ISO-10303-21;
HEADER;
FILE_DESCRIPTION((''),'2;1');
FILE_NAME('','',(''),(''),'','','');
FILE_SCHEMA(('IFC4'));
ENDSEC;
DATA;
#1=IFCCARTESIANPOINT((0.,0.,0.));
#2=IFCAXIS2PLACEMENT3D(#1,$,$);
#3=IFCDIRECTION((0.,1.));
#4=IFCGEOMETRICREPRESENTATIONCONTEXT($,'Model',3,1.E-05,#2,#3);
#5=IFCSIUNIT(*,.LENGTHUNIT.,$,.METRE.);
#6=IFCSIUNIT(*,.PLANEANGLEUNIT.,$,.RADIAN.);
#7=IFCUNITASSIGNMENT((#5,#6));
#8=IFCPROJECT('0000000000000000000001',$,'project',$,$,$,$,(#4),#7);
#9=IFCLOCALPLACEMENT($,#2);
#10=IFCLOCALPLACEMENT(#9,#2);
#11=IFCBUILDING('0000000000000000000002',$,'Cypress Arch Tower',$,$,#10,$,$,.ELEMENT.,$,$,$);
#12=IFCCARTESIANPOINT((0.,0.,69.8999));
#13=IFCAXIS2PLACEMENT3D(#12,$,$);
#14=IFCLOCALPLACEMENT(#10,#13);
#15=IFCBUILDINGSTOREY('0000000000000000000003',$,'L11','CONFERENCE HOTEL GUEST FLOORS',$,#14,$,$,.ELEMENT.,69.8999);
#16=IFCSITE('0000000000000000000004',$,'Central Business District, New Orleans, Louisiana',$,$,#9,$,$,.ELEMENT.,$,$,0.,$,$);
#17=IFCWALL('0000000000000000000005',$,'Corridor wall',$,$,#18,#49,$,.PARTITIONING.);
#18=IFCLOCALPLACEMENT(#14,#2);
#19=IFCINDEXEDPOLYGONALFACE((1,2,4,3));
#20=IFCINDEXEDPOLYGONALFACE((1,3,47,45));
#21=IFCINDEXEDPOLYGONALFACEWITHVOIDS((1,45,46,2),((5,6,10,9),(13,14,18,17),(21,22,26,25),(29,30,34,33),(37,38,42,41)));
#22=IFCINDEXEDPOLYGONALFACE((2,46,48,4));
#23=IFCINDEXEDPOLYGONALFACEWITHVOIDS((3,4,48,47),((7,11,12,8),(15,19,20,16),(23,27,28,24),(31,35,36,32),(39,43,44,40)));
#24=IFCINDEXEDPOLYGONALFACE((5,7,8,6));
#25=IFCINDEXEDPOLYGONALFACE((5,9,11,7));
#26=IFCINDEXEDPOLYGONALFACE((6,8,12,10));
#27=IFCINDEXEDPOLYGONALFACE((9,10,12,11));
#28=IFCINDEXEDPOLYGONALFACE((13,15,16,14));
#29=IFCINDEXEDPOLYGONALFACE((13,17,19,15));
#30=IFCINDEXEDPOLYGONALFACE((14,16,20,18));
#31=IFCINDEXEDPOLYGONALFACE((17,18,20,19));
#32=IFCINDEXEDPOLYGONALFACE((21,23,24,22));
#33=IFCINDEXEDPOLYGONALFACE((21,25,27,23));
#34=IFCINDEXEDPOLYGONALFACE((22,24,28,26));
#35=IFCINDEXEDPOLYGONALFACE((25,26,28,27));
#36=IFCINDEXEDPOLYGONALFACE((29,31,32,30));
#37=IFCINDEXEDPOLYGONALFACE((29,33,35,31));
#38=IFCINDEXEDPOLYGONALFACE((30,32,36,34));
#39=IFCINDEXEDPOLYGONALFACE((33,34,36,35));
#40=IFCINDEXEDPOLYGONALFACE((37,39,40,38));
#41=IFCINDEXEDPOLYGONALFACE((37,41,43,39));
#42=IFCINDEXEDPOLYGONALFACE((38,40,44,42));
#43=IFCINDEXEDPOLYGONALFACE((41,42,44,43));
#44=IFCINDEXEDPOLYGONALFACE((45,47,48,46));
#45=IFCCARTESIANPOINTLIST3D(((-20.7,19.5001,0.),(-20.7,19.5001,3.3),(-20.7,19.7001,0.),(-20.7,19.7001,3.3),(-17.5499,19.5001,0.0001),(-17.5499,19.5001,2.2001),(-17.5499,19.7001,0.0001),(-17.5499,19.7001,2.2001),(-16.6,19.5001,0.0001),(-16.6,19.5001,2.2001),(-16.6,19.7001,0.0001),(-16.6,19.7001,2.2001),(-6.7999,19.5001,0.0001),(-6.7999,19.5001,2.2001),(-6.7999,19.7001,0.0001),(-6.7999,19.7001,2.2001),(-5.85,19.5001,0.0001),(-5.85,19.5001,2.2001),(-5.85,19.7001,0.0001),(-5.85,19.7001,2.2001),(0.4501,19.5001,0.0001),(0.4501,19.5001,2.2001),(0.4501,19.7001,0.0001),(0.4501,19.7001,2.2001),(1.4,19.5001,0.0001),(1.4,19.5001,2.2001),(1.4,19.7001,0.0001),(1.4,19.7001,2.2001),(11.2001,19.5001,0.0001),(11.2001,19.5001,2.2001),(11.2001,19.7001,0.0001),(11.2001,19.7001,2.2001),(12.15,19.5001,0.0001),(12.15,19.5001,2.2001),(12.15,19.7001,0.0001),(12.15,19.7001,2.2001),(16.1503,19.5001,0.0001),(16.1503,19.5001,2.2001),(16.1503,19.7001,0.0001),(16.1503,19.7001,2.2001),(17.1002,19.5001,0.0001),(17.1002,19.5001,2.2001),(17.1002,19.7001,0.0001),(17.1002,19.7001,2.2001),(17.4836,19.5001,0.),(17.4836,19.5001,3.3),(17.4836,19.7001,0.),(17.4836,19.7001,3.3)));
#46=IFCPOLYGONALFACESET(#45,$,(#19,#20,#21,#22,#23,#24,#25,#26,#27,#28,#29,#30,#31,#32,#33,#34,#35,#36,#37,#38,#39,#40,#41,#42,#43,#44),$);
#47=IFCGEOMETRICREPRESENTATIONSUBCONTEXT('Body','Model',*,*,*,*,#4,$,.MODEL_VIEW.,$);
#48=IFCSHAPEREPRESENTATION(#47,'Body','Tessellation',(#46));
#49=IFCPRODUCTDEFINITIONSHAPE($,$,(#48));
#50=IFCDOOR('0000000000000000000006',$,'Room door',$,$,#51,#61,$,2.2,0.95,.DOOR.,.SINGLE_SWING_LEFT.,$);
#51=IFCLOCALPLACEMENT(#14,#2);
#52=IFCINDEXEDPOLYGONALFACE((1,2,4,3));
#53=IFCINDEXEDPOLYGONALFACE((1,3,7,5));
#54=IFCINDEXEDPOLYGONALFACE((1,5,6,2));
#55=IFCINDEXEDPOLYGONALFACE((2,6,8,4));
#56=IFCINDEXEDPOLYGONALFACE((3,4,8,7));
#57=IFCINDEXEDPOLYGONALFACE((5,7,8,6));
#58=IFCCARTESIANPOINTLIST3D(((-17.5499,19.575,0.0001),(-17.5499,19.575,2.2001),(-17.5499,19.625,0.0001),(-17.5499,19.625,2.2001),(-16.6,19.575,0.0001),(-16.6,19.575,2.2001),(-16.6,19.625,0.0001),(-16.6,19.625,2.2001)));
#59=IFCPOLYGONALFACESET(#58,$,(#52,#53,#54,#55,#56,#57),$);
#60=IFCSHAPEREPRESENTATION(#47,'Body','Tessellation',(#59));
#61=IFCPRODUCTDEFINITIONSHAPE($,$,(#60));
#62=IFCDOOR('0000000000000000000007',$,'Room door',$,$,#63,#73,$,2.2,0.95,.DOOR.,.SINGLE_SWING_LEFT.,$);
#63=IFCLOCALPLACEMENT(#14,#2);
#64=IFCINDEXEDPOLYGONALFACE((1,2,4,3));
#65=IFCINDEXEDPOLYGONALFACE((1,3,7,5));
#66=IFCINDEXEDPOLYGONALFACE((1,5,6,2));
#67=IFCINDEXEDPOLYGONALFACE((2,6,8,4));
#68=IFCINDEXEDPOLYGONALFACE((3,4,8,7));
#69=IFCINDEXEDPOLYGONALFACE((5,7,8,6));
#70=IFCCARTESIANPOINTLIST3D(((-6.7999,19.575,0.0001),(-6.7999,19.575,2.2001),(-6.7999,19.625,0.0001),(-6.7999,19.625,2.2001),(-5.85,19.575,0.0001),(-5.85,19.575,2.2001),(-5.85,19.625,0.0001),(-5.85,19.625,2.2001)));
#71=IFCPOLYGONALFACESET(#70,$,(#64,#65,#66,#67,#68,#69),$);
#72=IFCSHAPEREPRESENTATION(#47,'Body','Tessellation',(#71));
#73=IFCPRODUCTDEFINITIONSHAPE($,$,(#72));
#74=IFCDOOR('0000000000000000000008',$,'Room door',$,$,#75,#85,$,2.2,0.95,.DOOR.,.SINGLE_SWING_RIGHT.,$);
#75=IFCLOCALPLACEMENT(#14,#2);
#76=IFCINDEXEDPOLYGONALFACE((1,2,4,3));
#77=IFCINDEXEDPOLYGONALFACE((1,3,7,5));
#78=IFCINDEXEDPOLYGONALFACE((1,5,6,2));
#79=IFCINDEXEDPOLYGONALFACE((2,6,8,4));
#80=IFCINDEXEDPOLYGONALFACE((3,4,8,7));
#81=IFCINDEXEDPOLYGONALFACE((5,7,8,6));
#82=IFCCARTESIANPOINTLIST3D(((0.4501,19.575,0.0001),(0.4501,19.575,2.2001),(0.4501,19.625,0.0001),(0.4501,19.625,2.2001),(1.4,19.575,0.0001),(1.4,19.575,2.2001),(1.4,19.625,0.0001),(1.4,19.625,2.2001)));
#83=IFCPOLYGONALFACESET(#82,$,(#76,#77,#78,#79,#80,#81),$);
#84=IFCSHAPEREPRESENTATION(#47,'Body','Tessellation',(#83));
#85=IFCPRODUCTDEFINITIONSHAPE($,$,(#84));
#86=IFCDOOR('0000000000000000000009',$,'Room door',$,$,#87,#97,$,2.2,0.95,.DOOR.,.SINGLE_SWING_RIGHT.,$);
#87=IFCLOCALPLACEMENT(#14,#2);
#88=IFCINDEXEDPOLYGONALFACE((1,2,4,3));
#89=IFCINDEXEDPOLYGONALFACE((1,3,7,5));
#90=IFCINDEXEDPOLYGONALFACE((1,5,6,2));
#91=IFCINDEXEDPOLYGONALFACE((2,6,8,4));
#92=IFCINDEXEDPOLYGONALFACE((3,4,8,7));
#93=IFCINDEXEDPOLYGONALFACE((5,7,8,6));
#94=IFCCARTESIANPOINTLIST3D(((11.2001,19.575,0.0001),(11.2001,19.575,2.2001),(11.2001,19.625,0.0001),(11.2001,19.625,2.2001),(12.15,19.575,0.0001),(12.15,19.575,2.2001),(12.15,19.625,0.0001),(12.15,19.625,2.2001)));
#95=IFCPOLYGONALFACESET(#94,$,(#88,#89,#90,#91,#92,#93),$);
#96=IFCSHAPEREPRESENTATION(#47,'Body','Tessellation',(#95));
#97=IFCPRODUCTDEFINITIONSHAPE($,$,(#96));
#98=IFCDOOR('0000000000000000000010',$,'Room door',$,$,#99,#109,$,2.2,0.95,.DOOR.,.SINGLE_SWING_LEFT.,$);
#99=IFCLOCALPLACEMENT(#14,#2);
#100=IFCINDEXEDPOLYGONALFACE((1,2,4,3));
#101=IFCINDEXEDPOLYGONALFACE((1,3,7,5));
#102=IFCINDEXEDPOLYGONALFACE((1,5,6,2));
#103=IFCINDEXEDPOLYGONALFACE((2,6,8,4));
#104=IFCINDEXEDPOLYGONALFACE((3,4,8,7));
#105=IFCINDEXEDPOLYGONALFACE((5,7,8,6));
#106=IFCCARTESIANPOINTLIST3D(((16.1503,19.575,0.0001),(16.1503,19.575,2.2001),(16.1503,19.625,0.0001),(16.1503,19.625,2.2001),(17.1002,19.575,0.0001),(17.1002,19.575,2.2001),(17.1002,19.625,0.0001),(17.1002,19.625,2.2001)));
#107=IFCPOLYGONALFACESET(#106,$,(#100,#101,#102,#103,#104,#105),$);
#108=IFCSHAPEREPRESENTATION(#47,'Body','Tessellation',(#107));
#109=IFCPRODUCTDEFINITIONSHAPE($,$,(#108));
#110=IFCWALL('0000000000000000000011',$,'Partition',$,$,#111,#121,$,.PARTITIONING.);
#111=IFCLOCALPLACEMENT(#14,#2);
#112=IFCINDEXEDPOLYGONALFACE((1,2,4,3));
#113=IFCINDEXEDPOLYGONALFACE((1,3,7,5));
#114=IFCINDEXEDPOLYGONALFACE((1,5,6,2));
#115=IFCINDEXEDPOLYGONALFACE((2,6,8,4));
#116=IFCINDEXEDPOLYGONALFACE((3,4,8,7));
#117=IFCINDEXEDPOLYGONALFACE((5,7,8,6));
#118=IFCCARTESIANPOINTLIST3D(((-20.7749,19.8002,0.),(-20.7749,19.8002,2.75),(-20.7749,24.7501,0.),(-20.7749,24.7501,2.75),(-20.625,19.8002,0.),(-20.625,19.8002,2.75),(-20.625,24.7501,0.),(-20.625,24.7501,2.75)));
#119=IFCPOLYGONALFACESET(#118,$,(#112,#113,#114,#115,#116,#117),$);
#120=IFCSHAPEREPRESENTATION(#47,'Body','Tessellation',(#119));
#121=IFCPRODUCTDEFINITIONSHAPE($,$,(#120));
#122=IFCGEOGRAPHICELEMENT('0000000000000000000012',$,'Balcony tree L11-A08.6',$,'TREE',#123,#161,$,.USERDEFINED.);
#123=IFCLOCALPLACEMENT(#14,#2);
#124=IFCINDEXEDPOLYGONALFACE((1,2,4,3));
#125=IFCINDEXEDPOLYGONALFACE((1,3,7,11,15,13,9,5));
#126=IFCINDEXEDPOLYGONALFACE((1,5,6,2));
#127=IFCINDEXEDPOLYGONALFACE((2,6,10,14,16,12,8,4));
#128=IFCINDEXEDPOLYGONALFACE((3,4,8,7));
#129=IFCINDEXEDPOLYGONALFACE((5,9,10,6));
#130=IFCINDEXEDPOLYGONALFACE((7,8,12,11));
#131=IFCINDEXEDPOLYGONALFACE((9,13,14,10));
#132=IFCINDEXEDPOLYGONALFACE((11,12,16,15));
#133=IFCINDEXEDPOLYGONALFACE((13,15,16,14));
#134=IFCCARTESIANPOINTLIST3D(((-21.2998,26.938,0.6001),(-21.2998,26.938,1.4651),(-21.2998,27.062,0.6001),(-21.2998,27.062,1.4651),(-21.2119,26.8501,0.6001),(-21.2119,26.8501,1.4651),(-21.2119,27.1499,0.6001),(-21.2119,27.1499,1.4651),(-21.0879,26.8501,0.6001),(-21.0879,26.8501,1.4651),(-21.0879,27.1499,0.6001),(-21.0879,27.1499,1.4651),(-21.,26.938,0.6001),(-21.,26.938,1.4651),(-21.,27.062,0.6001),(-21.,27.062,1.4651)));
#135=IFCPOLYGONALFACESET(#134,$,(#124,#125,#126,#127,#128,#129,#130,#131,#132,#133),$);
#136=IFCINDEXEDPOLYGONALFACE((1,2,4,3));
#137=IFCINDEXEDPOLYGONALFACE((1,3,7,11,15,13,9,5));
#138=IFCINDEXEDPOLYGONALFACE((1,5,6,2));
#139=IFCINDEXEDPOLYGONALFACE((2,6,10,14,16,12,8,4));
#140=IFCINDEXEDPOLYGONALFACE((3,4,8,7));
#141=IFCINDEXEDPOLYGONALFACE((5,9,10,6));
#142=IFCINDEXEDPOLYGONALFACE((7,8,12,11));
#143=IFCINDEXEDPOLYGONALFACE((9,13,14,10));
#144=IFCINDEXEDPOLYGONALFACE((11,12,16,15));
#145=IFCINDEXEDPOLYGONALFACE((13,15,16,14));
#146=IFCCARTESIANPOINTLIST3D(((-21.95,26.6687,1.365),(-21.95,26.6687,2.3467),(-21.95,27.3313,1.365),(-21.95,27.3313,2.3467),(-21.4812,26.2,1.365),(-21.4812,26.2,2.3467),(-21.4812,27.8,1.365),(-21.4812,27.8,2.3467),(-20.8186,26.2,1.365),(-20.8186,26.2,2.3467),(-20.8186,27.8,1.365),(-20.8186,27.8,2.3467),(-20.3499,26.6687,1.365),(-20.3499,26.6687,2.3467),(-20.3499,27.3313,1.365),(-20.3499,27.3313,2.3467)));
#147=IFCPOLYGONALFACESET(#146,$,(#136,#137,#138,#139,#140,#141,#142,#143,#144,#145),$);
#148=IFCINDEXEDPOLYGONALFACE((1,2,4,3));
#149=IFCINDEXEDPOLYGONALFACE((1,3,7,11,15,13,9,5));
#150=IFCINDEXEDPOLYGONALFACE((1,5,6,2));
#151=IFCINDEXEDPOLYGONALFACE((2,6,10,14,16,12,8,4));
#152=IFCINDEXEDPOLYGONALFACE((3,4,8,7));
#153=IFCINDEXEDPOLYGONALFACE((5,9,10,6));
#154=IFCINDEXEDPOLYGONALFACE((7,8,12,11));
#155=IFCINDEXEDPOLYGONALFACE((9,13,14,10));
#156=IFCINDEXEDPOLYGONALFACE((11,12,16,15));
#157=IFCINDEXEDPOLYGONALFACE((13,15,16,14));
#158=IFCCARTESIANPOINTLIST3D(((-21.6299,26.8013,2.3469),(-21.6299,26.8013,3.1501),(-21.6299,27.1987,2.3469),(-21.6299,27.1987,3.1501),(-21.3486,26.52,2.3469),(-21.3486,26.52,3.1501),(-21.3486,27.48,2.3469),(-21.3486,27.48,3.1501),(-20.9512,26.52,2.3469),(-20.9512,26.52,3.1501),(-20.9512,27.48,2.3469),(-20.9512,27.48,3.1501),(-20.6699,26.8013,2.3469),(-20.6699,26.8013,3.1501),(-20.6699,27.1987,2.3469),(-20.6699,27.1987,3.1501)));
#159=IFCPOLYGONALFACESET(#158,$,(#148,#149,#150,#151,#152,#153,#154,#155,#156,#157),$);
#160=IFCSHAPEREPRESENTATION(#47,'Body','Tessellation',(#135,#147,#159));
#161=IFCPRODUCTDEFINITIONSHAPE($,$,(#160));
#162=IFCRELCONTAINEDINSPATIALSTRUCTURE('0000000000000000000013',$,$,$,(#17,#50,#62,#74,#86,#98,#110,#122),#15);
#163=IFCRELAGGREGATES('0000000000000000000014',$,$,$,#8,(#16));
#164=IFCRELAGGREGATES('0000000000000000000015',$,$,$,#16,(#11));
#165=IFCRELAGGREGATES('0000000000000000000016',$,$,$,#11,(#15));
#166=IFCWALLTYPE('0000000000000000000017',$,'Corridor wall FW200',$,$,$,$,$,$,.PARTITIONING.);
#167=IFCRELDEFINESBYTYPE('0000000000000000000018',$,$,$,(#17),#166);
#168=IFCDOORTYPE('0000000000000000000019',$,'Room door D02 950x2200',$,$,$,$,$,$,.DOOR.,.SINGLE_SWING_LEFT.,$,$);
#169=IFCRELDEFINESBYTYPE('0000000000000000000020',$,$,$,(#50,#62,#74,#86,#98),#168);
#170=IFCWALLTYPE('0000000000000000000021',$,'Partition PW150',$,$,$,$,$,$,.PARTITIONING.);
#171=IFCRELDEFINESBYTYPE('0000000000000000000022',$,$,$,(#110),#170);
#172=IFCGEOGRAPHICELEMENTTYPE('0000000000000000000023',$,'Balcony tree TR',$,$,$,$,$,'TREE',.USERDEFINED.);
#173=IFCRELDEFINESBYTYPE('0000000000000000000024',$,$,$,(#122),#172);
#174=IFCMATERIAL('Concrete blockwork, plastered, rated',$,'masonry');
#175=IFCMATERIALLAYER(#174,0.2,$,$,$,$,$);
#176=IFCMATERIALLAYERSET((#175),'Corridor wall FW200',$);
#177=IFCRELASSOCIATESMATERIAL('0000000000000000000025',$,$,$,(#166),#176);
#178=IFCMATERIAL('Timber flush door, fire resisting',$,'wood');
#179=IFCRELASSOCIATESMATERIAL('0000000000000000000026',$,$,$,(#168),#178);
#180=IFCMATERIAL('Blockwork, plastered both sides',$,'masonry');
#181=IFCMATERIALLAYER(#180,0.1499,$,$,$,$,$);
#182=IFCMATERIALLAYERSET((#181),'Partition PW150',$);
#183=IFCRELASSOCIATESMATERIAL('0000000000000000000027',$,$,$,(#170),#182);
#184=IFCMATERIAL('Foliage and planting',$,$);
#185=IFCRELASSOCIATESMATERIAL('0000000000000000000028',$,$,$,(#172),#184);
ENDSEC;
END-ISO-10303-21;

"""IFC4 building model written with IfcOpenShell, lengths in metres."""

from ifc_helpers import new_model, si_unit, direction, frame, frame_2d, origin, place, context, subcontext, project, spatial, polyline, rectangle, outline, extrude, material, layer, layer_set, type_object, element, fill, save


model = new_model("IFC4")

# Units and contexts
model_context = context("Model", 3, precision=1e-05, world=origin(), true_north=direction((0.0, 1.0)))
body_context = subcontext(model_context, "Body", "Model", "MODEL_VIEW")
ifc_project = project(units=[si_unit("LENGTHUNIT", "METRE"), si_unit("PLANEANGLEUNIT", "RADIAN")], contexts=[model_context])

# Site, building, storey
site_placement = place(None, origin())
site = spatial("IfcSite", under=ifc_project, at=site_placement, Name="Central Business District, New Orleans, Louisiana", CompositionType="ELEMENT", RefElevation=0.0)
building_placement = place(site_placement, origin())
building = spatial("IfcBuilding", under=site, at=building_placement, Name="Cypress Arch Tower", CompositionType="ELEMENT")
storey_placement = place(building_placement, frame((0.0, 0.0, 69.8999)))
storey = spatial("IfcBuildingStorey", under=building, at=storey_placement, Name="L11", Description="CONFERENCE HOTEL GUEST FLOORS", CompositionType="ELEMENT", Elevation=69.8999)

# Shared definitions
ifc_material_1 = material(Name="Concrete blockwork, plastered, rated", Category="masonry")
ifc_layer_1 = layer(ifc_material_1, 0.2)
ifc_layer_set_1 = layer_set([ifc_layer_1], Name="Corridor wall FW200")
wall_type_1 = type_object("IfcWallType", Name="Corridor wall FW200", PredefinedType="PARTITIONING", material=ifc_layer_set_1)

# Wall, openings, doors
wall_1_placement = place(storey_placement, frame((-20.7, 19.6001, 0.0), z_axis=(0.0, 0.0, 1.0), x_axis=(1.0, 0.0, 0.0)))
wall_1 = element("IfcWall", 1, at=wall_1_placement, inside=storey, type_object=wall_type_1, Name="Corridor wall", PredefinedType="PARTITIONING", context=body_context, shape_type="SweptSolid", body=[
    extrude(rectangle(XDim=38.1836, YDim=0.2, at=frame_2d((19.0918, 0.0))), origin(), (0.0, 0.0, 1.0), 3.3),
])
opening_1_placement = place(wall_1_placement, frame((3.1499, 0.0, 0.0)))
opening_1 = element("IfcOpeningElement", 2, at=opening_1_placement, cuts=wall_1, PredefinedType="OPENING", context=body_context, shape_type="SweptSolid", body=[
    extrude(rectangle(XDim=0.95, YDim=2.2, at=frame_2d((0.4751, 1.1001))), frame((0.0, 0.1099, 0.0), z_axis=(0.0, -1.0, 0.0), x_axis=(1.0, 0.0, 0.0)), (0.0, 0.0, 1.0), 0.22),
])
opening_2_placement = place(wall_1_placement, frame((13.8999, 0.0, 0.0)))
opening_2 = element("IfcOpeningElement", 3, at=opening_2_placement, cuts=wall_1, PredefinedType="OPENING", context=body_context, shape_type="SweptSolid", body=[
    extrude(rectangle(XDim=0.95, YDim=2.2, at=frame_2d((0.4751, 1.1001))), frame((0.0, 0.1099, 0.0), z_axis=(0.0, -1.0, 0.0), x_axis=(1.0, 0.0, 0.0)), (0.0, 0.0, 1.0), 0.22),
])
opening_3_placement = place(wall_1_placement, frame((21.1499, 0.0, 0.0)))
opening_3 = element("IfcOpeningElement", 4, at=opening_3_placement, cuts=wall_1, PredefinedType="OPENING", context=body_context, shape_type="SweptSolid", body=[
    extrude(rectangle(XDim=0.95, YDim=2.2, at=frame_2d((0.4751, 1.1001))), frame((0.0, 0.1099, 0.0), z_axis=(0.0, -1.0, 0.0), x_axis=(1.0, 0.0, 0.0)), (0.0, 0.0, 1.0), 0.22),
])
opening_4_placement = place(wall_1_placement, frame((31.8999, 0.0, 0.0)))
opening_4 = element("IfcOpeningElement", 5, at=opening_4_placement, cuts=wall_1, PredefinedType="OPENING", context=body_context, shape_type="SweptSolid", body=[
    extrude(rectangle(XDim=0.95, YDim=2.2, at=frame_2d((0.4751, 1.1001))), frame((0.0, 0.1099, 0.0), z_axis=(0.0, -1.0, 0.0), x_axis=(1.0, 0.0, 0.0)), (0.0, 0.0, 1.0), 0.22),
])
opening_5_placement = place(wall_1_placement, frame((36.8501, 0.0, 0.0)))
opening_5 = element("IfcOpeningElement", 6, at=opening_5_placement, cuts=wall_1, PredefinedType="OPENING", context=body_context, shape_type="SweptSolid", body=[
    extrude(rectangle(XDim=0.95, YDim=2.2, at=frame_2d((0.4751, 1.1001))), frame((0.0, 0.1099, 0.0), z_axis=(0.0, -1.0, 0.0), x_axis=(1.0, 0.0, 0.0)), (0.0, 0.0, 1.0), 0.22),
])
ifc_material_2 = material(Name="Timber flush door, fire resisting", Category="wood")
door_type_1 = type_object("IfcDoorType", Name="Room door D02 950x2200", OperationType="SINGLE_SWING_LEFT", PredefinedType="DOOR", material=ifc_material_2)
door_1_placement = place(opening_1_placement, origin())
door_1 = element("IfcDoor", 7, at=door_1_placement, inside=storey, type_object=door_type_1, Name="Room door", OperationType="SINGLE_SWING_LEFT", OverallHeight=2.2, OverallWidth=0.95, PredefinedType="DOOR", context=body_context, shape_type="SweptSolid", body=[
    extrude(rectangle(XDim=0.95, YDim=2.2, at=frame_2d((0.4751, 1.1001))), frame((0.0, 0.0249, 0.0), z_axis=(0.0, -1.0, 0.0), x_axis=(1.0, 0.0, 0.0)), (0.0, 0.0, 1.0), 0.05),
])
fill(opening_1, door_1)
door_2_placement = place(opening_2_placement, origin())
door_2 = element("IfcDoor", 8, at=door_2_placement, inside=storey, type_object=door_type_1, Name="Room door", OperationType="SINGLE_SWING_LEFT", OverallHeight=2.2, OverallWidth=0.95, PredefinedType="DOOR", context=body_context, shape_type="SweptSolid", body=[
    extrude(rectangle(XDim=0.95, YDim=2.2, at=frame_2d((0.4751, 1.1001))), frame((0.0, 0.0249, 0.0), z_axis=(0.0, -1.0, 0.0), x_axis=(1.0, 0.0, 0.0)), (0.0, 0.0, 1.0), 0.05),
])
fill(opening_2, door_2)
door_3_placement = place(opening_3_placement, origin())
door_3 = element("IfcDoor", 9, at=door_3_placement, inside=storey, type_object=door_type_1, Name="Room door", OperationType="SINGLE_SWING_RIGHT", OverallHeight=2.2, OverallWidth=0.95, PredefinedType="DOOR", context=body_context, shape_type="SweptSolid", body=[
    extrude(rectangle(XDim=0.95, YDim=2.2, at=frame_2d((0.4751, 1.1001))), frame((0.0, 0.0249, 0.0), z_axis=(0.0, -1.0, 0.0), x_axis=(1.0, 0.0, 0.0)), (0.0, 0.0, 1.0), 0.05),
])
fill(opening_3, door_3)
door_4_placement = place(opening_4_placement, origin())
door_4 = element("IfcDoor", 10, at=door_4_placement, inside=storey, type_object=door_type_1, Name="Room door", OperationType="SINGLE_SWING_RIGHT", OverallHeight=2.2, OverallWidth=0.95, PredefinedType="DOOR", context=body_context, shape_type="SweptSolid", body=[
    extrude(rectangle(XDim=0.95, YDim=2.2, at=frame_2d((0.4751, 1.1001))), frame((0.0, 0.0249, 0.0), z_axis=(0.0, -1.0, 0.0), x_axis=(1.0, 0.0, 0.0)), (0.0, 0.0, 1.0), 0.05),
])
fill(opening_4, door_4)
door_5_placement = place(opening_5_placement, origin())
door_5 = element("IfcDoor", 11, at=door_5_placement, inside=storey, type_object=door_type_1, Name="Room door", OperationType="SINGLE_SWING_LEFT", OverallHeight=2.2, OverallWidth=0.95, PredefinedType="DOOR", context=body_context, shape_type="SweptSolid", body=[
    extrude(rectangle(XDim=0.95, YDim=2.2, at=frame_2d((0.4751, 1.1001))), frame((0.0, 0.0249, 0.0), z_axis=(0.0, -1.0, 0.0), x_axis=(1.0, 0.0, 0.0)), (0.0, 0.0, 1.0), 0.05),
])
fill(opening_5, door_5)

# Wall
ifc_material_3 = material(Name="Blockwork, plastered both sides", Category="masonry")
ifc_layer_2 = layer(ifc_material_3, 0.1499)
ifc_layer_set_2 = layer_set([ifc_layer_2], Name="Partition PW150")
wall_type_2 = type_object("IfcWallType", Name="Partition PW150", PredefinedType="PARTITIONING", material=ifc_layer_set_2)
wall_2_placement = place(storey_placement, frame((-20.7, 19.8, 0.0), z_axis=(0.0, 0.0, 1.0), x_axis=(0.0, 1.0, 0.0)))
element("IfcWall", 12, at=wall_2_placement, inside=storey, type_object=wall_type_2, Name="Partition", PredefinedType="PARTITIONING", context=body_context, shape_type="SweptSolid", body=[
    extrude(rectangle(XDim=4.95, YDim=0.1499, at=frame_2d((2.4751, 0.0))), origin(), (0.0, 0.0, 1.0), 2.75),
])

# Geographic element
ifc_material_4 = material(Name="Foliage and planting")
geographic_element_type = type_object("IfcGeographicElementType", Name="Balcony tree TR", ElementType="TREE", PredefinedType="USERDEFINED", material=ifc_material_4)
geographic_element_placement = place(storey_placement, frame((-21.1499, 27.0, 0.6001), z_axis=(0.0, 0.0, 1.0), x_axis=(1.0, 0.0, 0.0)))
element("IfcGeographicElement", 13, at=geographic_element_placement, inside=storey, type_object=geographic_element_type, Name="Balcony tree L11-A08.6", ObjectType="TREE", PredefinedType="USERDEFINED", context=body_context, shape_type="SweptSolid", body=[
    extrude(outline(polyline([(0.1499, 0.062), (0.062, 0.1499), (-0.062, 0.1499), (-0.1499, 0.062), (-0.1499, -0.062), (-0.062, -0.1499), (0.062, -0.1499), (0.1499, -0.062), (0.1499, 0.062)])), origin(), (0.0, 0.0, 1.0), 0.865),
    extrude(outline(polyline([(0.8, 0.3313), (0.3313, 0.8), (-0.3313, 0.8), (-0.8, 0.3313), (-0.8, -0.3313), (-0.3313, -0.8), (0.3313, -0.8), (0.8, -0.3313), (0.8, 0.3313)])), frame((0.0, 0.0, 0.7649)), (0.0, 0.0, 1.0), 0.9817),
    extrude(outline(polyline([(0.48, 0.1987), (0.1987, 0.48), (-0.1987, 0.48), (-0.48, 0.1987), (-0.48, -0.1987), (-0.1987, -0.48), (0.1987, -0.48), (0.48, -0.1987), (0.48, 0.1987)])), frame((0.0, 0.0, 1.7468)), (0.0, 0.0, 1.0), 0.8032),
])

save(model, "model.ifc")
